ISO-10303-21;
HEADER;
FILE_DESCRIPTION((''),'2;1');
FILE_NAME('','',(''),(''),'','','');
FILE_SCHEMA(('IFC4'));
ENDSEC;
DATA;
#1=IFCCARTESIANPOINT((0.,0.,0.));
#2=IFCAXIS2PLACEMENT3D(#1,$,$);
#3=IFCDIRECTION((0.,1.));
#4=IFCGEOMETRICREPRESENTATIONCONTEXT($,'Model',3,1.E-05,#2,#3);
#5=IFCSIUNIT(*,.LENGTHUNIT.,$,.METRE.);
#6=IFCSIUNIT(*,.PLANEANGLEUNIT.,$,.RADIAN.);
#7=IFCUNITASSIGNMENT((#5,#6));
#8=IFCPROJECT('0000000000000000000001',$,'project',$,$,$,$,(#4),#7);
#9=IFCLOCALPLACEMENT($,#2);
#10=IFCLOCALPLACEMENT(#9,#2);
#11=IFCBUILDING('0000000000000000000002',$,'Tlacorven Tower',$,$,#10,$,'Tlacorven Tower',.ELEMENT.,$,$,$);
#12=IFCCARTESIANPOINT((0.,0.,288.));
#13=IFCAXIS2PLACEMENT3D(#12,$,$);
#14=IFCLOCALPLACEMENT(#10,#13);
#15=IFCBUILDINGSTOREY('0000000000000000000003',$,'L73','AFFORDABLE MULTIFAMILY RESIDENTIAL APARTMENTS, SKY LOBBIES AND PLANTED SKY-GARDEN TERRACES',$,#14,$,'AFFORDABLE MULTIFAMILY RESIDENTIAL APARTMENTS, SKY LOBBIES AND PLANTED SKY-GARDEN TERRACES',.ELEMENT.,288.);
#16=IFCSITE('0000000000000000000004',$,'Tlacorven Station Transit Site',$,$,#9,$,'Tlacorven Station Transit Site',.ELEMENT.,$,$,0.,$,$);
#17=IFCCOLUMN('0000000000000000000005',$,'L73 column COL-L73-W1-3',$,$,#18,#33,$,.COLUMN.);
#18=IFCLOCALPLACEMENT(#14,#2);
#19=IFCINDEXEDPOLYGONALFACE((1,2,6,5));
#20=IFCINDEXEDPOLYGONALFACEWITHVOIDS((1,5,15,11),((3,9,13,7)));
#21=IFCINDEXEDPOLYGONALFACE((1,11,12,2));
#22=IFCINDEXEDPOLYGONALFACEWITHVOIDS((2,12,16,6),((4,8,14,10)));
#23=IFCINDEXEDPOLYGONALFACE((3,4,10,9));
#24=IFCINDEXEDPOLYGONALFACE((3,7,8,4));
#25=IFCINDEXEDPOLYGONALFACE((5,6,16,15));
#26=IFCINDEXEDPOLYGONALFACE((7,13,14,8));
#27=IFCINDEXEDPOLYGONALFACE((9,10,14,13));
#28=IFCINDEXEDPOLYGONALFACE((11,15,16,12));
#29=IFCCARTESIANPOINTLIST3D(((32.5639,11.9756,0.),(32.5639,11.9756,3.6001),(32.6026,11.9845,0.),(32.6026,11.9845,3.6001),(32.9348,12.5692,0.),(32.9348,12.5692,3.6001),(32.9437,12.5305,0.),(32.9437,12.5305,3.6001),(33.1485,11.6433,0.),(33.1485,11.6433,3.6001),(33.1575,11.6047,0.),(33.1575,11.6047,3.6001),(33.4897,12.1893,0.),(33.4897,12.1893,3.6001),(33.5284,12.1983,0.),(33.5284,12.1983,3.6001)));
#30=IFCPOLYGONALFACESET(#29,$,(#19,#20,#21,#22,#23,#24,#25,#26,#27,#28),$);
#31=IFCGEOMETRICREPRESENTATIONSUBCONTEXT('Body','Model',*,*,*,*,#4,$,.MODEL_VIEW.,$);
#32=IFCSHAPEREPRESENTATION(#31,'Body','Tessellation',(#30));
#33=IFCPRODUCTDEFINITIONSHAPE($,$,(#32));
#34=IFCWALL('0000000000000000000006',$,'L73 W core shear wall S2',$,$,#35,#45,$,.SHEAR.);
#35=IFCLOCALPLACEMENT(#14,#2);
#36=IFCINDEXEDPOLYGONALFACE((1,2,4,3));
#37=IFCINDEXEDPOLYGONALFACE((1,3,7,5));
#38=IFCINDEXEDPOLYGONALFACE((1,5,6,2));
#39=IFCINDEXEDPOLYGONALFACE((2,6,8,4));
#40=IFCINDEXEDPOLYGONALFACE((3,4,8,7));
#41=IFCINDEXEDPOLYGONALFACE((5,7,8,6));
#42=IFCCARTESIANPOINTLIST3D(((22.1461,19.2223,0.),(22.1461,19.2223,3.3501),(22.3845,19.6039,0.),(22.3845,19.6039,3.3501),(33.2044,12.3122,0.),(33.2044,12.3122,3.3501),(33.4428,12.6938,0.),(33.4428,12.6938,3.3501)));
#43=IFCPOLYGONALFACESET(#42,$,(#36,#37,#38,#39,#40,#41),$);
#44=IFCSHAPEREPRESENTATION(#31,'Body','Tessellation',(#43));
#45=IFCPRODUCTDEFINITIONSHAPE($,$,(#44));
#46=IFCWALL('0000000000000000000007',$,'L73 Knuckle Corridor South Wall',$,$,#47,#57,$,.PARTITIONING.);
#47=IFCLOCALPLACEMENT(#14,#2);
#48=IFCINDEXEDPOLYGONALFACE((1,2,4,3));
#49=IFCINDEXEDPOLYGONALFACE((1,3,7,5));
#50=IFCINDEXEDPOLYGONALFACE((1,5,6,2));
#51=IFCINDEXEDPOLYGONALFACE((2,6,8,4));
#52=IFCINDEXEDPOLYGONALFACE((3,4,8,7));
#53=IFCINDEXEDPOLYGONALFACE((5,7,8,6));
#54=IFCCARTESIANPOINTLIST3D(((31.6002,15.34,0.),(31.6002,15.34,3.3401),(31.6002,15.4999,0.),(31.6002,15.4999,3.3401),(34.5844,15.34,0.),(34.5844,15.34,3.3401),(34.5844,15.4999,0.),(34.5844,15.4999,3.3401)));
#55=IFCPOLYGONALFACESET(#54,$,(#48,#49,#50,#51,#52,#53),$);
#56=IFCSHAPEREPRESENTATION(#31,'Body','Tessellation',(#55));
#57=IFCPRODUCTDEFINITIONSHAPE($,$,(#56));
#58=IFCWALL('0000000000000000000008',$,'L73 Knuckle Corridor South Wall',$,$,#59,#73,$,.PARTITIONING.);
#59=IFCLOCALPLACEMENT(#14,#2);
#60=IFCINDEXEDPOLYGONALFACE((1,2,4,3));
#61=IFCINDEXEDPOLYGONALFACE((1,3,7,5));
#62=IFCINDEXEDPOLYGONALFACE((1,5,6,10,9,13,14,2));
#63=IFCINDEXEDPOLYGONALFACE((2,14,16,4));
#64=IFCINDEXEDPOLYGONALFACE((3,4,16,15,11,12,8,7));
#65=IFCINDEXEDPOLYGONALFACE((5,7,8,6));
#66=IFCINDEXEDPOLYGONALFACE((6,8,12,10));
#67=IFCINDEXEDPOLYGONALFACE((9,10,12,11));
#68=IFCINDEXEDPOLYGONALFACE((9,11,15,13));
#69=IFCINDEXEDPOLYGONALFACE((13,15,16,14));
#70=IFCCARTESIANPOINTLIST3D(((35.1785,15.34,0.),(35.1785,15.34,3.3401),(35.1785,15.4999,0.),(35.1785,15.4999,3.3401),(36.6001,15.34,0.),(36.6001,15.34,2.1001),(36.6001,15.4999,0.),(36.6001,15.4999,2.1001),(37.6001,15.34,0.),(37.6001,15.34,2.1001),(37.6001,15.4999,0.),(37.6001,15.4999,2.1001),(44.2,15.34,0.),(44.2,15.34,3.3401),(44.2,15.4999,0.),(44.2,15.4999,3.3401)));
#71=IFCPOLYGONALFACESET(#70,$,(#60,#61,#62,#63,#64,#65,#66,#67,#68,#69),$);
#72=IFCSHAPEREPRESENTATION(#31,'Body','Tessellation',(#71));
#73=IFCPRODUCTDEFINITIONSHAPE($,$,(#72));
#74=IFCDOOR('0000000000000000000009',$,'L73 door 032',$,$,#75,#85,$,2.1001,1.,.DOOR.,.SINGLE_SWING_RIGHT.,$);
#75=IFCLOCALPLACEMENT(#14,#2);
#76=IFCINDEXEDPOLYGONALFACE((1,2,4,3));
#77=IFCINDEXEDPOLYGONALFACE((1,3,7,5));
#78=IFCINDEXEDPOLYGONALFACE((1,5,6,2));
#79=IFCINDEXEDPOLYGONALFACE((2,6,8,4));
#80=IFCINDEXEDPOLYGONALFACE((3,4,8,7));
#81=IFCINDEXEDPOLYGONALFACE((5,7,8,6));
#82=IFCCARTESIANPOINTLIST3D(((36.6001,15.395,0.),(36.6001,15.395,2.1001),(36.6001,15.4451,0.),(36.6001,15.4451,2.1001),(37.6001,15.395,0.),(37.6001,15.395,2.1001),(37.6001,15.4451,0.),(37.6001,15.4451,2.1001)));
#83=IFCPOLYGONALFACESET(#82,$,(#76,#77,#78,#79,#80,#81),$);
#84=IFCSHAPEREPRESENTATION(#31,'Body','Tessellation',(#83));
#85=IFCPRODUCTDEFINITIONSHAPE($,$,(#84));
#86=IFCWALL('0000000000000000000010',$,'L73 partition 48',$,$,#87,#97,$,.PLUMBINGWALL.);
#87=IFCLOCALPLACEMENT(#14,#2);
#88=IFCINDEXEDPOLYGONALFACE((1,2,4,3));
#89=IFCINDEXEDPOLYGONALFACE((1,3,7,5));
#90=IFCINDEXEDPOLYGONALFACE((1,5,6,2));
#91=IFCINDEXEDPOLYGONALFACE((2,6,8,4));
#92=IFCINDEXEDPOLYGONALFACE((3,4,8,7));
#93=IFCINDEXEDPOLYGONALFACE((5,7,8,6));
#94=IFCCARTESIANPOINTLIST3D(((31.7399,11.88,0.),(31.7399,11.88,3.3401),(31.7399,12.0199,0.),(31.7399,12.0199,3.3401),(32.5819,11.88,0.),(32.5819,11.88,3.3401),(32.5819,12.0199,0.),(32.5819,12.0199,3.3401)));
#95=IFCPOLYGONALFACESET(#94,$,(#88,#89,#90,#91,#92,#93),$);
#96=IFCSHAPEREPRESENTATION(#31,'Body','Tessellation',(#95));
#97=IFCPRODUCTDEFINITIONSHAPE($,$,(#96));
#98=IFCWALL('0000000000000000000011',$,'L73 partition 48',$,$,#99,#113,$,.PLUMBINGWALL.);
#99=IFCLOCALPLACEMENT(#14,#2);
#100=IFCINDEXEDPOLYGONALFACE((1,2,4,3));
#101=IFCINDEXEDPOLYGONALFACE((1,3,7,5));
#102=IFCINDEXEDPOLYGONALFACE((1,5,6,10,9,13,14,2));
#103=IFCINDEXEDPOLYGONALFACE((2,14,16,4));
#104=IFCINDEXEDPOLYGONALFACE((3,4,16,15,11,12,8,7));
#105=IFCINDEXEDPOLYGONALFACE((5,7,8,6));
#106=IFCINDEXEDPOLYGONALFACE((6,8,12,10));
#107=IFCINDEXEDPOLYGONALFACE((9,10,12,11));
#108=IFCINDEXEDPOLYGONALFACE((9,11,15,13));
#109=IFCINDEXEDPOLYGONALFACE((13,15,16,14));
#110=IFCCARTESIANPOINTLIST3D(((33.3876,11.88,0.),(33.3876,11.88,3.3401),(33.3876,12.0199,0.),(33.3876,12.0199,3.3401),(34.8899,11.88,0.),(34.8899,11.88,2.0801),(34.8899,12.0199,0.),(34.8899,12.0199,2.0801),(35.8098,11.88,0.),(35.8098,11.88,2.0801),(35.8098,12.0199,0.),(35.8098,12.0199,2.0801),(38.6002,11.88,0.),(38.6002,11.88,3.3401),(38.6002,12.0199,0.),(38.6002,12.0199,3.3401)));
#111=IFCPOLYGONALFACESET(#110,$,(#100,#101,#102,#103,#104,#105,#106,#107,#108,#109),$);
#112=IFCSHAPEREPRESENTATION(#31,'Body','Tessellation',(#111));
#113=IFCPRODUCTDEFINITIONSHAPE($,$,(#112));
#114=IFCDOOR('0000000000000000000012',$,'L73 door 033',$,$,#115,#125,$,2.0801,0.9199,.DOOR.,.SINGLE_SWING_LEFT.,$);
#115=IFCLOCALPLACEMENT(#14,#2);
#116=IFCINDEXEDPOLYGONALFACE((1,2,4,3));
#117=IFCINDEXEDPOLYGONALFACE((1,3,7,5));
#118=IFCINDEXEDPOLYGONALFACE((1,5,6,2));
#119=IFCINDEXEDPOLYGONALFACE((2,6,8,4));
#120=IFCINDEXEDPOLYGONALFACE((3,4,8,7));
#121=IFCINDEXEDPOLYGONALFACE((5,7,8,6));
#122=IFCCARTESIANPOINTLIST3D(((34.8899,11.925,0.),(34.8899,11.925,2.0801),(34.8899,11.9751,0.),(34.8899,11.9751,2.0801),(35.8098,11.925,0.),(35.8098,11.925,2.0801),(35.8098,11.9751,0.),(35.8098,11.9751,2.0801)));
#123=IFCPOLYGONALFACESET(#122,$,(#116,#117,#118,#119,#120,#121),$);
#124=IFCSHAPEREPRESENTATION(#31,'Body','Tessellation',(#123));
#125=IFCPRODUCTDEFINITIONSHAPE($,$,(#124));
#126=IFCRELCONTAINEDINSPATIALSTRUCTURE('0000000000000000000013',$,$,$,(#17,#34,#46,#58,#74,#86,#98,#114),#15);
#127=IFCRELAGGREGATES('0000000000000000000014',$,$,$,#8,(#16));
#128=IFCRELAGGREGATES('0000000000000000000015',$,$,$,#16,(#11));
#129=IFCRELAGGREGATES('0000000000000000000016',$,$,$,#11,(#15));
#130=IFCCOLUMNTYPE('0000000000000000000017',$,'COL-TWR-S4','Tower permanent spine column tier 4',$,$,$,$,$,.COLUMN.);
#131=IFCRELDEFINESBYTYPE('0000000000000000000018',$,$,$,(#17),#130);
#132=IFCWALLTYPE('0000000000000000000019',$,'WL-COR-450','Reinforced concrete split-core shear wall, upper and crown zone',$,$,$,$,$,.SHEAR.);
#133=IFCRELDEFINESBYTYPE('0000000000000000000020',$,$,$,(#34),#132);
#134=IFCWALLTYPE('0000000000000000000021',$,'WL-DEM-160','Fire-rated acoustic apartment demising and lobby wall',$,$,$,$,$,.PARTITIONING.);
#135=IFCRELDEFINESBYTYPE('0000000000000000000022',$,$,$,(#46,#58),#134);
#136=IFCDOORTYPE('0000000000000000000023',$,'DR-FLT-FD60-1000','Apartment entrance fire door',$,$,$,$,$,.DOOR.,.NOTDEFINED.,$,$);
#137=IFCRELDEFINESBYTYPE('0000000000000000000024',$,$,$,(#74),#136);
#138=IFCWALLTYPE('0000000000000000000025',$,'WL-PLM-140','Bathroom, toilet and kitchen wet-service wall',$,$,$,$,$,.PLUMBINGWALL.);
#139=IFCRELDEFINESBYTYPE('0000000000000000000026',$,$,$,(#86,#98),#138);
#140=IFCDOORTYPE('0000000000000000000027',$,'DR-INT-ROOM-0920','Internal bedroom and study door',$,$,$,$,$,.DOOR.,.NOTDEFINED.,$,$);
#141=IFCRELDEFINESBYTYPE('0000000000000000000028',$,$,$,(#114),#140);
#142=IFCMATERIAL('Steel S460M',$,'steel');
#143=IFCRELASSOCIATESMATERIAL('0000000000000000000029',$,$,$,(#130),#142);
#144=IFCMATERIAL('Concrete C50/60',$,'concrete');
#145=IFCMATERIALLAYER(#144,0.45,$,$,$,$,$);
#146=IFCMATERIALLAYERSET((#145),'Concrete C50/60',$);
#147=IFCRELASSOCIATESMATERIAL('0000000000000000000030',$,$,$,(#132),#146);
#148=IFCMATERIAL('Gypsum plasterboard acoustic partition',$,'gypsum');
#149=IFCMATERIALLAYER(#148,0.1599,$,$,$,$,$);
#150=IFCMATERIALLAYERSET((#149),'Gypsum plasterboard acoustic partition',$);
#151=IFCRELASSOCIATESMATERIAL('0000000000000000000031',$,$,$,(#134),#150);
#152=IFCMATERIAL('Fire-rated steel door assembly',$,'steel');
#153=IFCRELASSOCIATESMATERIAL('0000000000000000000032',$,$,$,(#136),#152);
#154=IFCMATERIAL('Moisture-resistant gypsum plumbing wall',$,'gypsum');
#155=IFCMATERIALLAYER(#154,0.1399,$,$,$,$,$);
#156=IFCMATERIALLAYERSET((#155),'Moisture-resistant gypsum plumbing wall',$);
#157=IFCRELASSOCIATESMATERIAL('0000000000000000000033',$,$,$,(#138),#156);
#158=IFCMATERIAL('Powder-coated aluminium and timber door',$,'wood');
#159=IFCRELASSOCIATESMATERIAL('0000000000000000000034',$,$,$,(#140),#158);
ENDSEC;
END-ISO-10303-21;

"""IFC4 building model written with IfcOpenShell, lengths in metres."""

from ifc_helpers import new_model, si_unit, direction, frame, frame_2d, origin, origin_2d, place, context, subcontext, project, spatial, rectangle, hollow_rectangle, extrude, source, transform, mapped, material, layer, layer_set, material_profile, profile_set, type_object, element, fill, save


model = new_model("IFC4")

# Units and contexts
model_context = context("Model", 3, precision=1e-05, world=origin(), true_north=direction((0.0, 1.0)))
body_context = subcontext(model_context, "Body", "Model", "MODEL_VIEW")
ifc_project = project(units=[si_unit("LENGTHUNIT", "METRE"), si_unit("PLANEANGLEUNIT", "RADIAN")], contexts=[model_context])

# Site, building, storey
site_placement = place(None, origin())
site = spatial("IfcSite", under=ifc_project, at=site_placement, Name="Tlacorven Station Transit Site", LongName="Tlacorven Station Transit Site", CompositionType="ELEMENT", RefElevation=0.0)
building_placement = place(site_placement, origin())
building = spatial("IfcBuilding", under=site, at=building_placement, Name="Tlacorven Tower", LongName="Tlacorven Tower", CompositionType="ELEMENT")
storey_placement = place(building_placement, frame((0.0, 0.0, 288.0)))
storey = spatial("IfcBuildingStorey", under=building, at=storey_placement, Name="L73", Description="AFFORDABLE MULTIFAMILY RESIDENTIAL APARTMENTS, SKY LOBBIES AND PLANTED SKY-GARDEN TERRACES", LongName="AFFORDABLE MULTIFAMILY RESIDENTIAL APARTMENTS, SKY LOBBIES AND PLANTED SKY-GARDEN TERRACES", CompositionType="ELEMENT", Elevation=288.0)

# Column
ifc_material_1 = material(Name="Steel S460M", Category="steel")
ifc_material_profile = material_profile(ifc_material_1, hollow_rectangle(XDim=0.7, YDim=0.7, WallThickness=0.0281, at=origin_2d()), Name="BOX 700X700X28")
ifc_profile_set = profile_set([ifc_material_profile], Name="Steel S460M")
column_type = type_object("IfcColumnType", Name="COL-TWR-S4", Description="Tower permanent spine column tier 4", PredefinedType="COLUMN", material=ifc_profile_set)
shared_shape_1 = source(origin(), body_context, "Body", "SweptSolid", [
    extrude(hollow_rectangle(XDim=0.7, YDim=0.7, WallThickness=0.0281, at=origin_2d()), origin(), (0.0, 0.0, 1.0), 3.6001),
])
column_placement = place(storey_placement, frame((33.0461, 12.0869, 0.0), z_axis=(0.0, 0.0, 1.0), x_axis=(-0.848048, 0.529919, 0.0)))
element("IfcColumn", 1, at=column_placement, inside=storey, type_object=column_type, Name="L73 column COL-L73-W1-3", PredefinedType="COLUMN", context=body_context, shape_type="MappedRepresentation", body=[
    mapped(shared_shape_1, transform((0.0, 0.0, 0.0), scale=1.0)),
])

# Walls
ifc_material_2 = material(Name="Concrete C50/60", Category="concrete")
ifc_layer_1 = layer(ifc_material_2, 0.45)
ifc_layer_set_1 = layer_set([ifc_layer_1], Name="Concrete C50/60")
wall_type_1 = type_object("IfcWallType", Name="WL-COR-450", Description="Reinforced concrete split-core shear wall, upper and crown zone", PredefinedType="SHEAR", material=ifc_layer_set_1)
wall_1_placement = place(storey_placement, frame((33.3237, 12.5029, 0.0), z_axis=(0.0, 0.0, 1.0), x_axis=(-0.848044, 0.529927, 0.0)))
element("IfcWall", 2, at=wall_1_placement, inside=storey, type_object=wall_type_1, Name="L73 W core shear wall S2", PredefinedType="SHEAR", context=body_context, shape_type="SweptSolid", body=[
    extrude(rectangle(XDim=13.0398, YDim=0.45, at=frame_2d((6.52, 0.0))), origin(), (0.0, 0.0, 1.0), 3.3501),
])
ifc_material_3 = material(Name="Gypsum plasterboard acoustic partition", Category="gypsum")
ifc_layer_2 = layer(ifc_material_3, 0.1599)
ifc_layer_set_2 = layer_set([ifc_layer_2], Name="Gypsum plasterboard acoustic partition")
wall_type_2 = type_object("IfcWallType", Name="WL-DEM-160", Description="Fire-rated acoustic apartment demising and lobby wall", PredefinedType="PARTITIONING", material=ifc_layer_set_2)
wall_2_placement = place(storey_placement, frame((31.6001, 15.4199, 0.0), z_axis=(0.0, 0.0, 1.0), x_axis=(1.0, 0.0, 0.0)))
element("IfcWall", 3, at=wall_2_placement, inside=storey, type_object=wall_type_2, Name="L73 Knuckle Corridor South Wall", PredefinedType="PARTITIONING", context=body_context, shape_type="SweptSolid", body=[
    extrude(rectangle(XDim=2.9841, YDim=0.1599, at=frame_2d((1.4922, 0.0))), origin(), (0.0, 0.0, 1.0), 3.3401),
])

# Wall, opening, door
wall_3_placement = place(storey_placement, frame((35.1785, 15.4199, 0.0), z_axis=(0.0, 0.0, 1.0), x_axis=(1.0, 0.0, 0.0)))
wall_3 = element("IfcWall", 4, at=wall_3_placement, inside=storey, type_object=wall_type_2, Name="L73 Knuckle Corridor South Wall", PredefinedType="PARTITIONING", context=body_context, shape_type="SweptSolid", body=[
    extrude(rectangle(XDim=9.0215, YDim=0.1599, at=frame_2d((4.5107, 0.0))), origin(), (0.0, 0.0, 1.0), 3.3401),
])
opening_1_placement = place(wall_3_placement, frame((1.4216, 0.0, 0.0)))
opening_1 = element("IfcOpeningElement", 5, at=opening_1_placement, cuts=wall_3, PredefinedType="OPENING", context=body_context, shape_type="SweptSolid", body=[
    extrude(rectangle(XDim=1.0, YDim=2.1001, at=frame_2d((0.5, 1.05))), frame((0.0, 0.0898, 0.0), z_axis=(0.0, -1.0, 0.0), x_axis=(1.0, 0.0, 0.0)), (0.0, 0.0, 1.0), 0.1799),
])
ifc_material_4 = material(Name="Fire-rated steel door assembly", Category="steel")
door_type_1 = type_object("IfcDoorType", Name="DR-FLT-FD60-1000", Description="Apartment entrance fire door", OperationType="NOTDEFINED", PredefinedType="DOOR", material=ifc_material_4)
shared_shape_2 = source(origin(), body_context, "Body", "SweptSolid", [
    extrude(rectangle(XDim=1.0, YDim=2.1001, at=frame_2d((0.5, 1.05))), frame((0.0, 0.0249, 0.0), z_axis=(0.0, -1.0, 0.0), x_axis=(1.0, 0.0, 0.0)), (0.0, 0.0, 1.0), 0.05),
])
door_1_placement = place(opening_1_placement, frame((1.0, 0.0, 0.0), z_axis=(0.0, 0.0, 1.0), x_axis=(-1.0, 0.0, 0.0)))
door_1 = element("IfcDoor", 6, at=door_1_placement, inside=storey, type_object=door_type_1, Name="L73 door 032", OperationType="SINGLE_SWING_RIGHT", OverallHeight=2.1001, OverallWidth=1.0, PredefinedType="DOOR", context=body_context, shape_type="MappedRepresentation", body=[
    mapped(shared_shape_2, transform((0.0, 0.0, 0.0), scale=1.0)),
])
fill(opening_1, door_1)

# Wall
ifc_material_5 = material(Name="Moisture-resistant gypsum plumbing wall", Category="gypsum")
ifc_layer_3 = layer(ifc_material_5, 0.1399)
ifc_layer_set_3 = layer_set([ifc_layer_3], Name="Moisture-resistant gypsum plumbing wall")
wall_type_3 = type_object("IfcWallType", Name="WL-PLM-140", Description="Bathroom, toilet and kitchen wet-service wall", PredefinedType="PLUMBINGWALL", material=ifc_layer_set_3)
wall_4_placement = place(storey_placement, frame((31.74, 11.95, 0.0), z_axis=(0.0, 0.0, 1.0), x_axis=(1.0, 0.0, 0.0)))
element("IfcWall", 7, at=wall_4_placement, inside=storey, type_object=wall_type_3, Name="L73 partition 48", PredefinedType="PLUMBINGWALL", context=body_context, shape_type="SweptSolid", body=[
    extrude(rectangle(XDim=0.842, YDim=0.1399, at=frame_2d((0.4209, 0.0))), origin(), (0.0, 0.0, 1.0), 3.3401),
])

# Wall, opening, door
wall_5_placement = place(storey_placement, frame((33.3875, 11.95, 0.0), z_axis=(0.0, 0.0, 1.0), x_axis=(1.0, 0.0, 0.0)))
wall_5 = element("IfcWall", 8, at=wall_5_placement, inside=storey, type_object=wall_type_3, Name="L73 partition 48", PredefinedType="PLUMBINGWALL", context=body_context, shape_type="SweptSolid", body=[
    extrude(rectangle(XDim=5.2126, YDim=0.1399, at=frame_2d((2.6064, 0.0))), origin(), (0.0, 0.0, 1.0), 3.3401),
])
opening_2_placement = place(wall_5_placement, frame((1.5024, 0.0, 0.0)))
opening_2 = element("IfcOpeningElement", 9, at=opening_2_placement, cuts=wall_5, PredefinedType="OPENING", context=body_context, shape_type="SweptSolid", body=[
    extrude(rectangle(XDim=0.9199, YDim=2.0801, at=frame_2d((0.46, 1.04))), frame((0.0, 0.0801, 0.0), z_axis=(0.0, -1.0, 0.0), x_axis=(1.0, 0.0, 0.0)), (0.0, 0.0, 1.0), 0.1599),
])
ifc_material_6 = material(Name="Powder-coated aluminium and timber door", Category="wood")
door_type_2 = type_object("IfcDoorType", Name="DR-INT-ROOM-0920", Description="Internal bedroom and study door", OperationType="NOTDEFINED", PredefinedType="DOOR", material=ifc_material_6)
shared_shape_3 = source(origin(), body_context, "Body", "SweptSolid", [
    extrude(rectangle(XDim=0.9199, YDim=2.0801, at=frame_2d((0.46, 1.04))), frame((0.0, 0.0249, 0.0), z_axis=(0.0, -1.0, 0.0), x_axis=(1.0, 0.0, 0.0)), (0.0, 0.0, 1.0), 0.05),
])
door_2_placement = place(opening_2_placement, frame((0.9199, 0.0, 0.0), z_axis=(0.0, 0.0, 1.0), x_axis=(-1.0, 0.0, 0.0)))
door_2 = element("IfcDoor", 10, at=door_2_placement, inside=storey, type_object=door_type_2, Name="L73 door 033", OperationType="SINGLE_SWING_LEFT", OverallHeight=2.0801, OverallWidth=0.9199, PredefinedType="DOOR", context=body_context, shape_type="MappedRepresentation", body=[
    mapped(shared_shape_3, transform((0.0, 0.0, 0.0), scale=1.0)),
])
fill(opening_2, door_2)

save(model, "model.ifc")
